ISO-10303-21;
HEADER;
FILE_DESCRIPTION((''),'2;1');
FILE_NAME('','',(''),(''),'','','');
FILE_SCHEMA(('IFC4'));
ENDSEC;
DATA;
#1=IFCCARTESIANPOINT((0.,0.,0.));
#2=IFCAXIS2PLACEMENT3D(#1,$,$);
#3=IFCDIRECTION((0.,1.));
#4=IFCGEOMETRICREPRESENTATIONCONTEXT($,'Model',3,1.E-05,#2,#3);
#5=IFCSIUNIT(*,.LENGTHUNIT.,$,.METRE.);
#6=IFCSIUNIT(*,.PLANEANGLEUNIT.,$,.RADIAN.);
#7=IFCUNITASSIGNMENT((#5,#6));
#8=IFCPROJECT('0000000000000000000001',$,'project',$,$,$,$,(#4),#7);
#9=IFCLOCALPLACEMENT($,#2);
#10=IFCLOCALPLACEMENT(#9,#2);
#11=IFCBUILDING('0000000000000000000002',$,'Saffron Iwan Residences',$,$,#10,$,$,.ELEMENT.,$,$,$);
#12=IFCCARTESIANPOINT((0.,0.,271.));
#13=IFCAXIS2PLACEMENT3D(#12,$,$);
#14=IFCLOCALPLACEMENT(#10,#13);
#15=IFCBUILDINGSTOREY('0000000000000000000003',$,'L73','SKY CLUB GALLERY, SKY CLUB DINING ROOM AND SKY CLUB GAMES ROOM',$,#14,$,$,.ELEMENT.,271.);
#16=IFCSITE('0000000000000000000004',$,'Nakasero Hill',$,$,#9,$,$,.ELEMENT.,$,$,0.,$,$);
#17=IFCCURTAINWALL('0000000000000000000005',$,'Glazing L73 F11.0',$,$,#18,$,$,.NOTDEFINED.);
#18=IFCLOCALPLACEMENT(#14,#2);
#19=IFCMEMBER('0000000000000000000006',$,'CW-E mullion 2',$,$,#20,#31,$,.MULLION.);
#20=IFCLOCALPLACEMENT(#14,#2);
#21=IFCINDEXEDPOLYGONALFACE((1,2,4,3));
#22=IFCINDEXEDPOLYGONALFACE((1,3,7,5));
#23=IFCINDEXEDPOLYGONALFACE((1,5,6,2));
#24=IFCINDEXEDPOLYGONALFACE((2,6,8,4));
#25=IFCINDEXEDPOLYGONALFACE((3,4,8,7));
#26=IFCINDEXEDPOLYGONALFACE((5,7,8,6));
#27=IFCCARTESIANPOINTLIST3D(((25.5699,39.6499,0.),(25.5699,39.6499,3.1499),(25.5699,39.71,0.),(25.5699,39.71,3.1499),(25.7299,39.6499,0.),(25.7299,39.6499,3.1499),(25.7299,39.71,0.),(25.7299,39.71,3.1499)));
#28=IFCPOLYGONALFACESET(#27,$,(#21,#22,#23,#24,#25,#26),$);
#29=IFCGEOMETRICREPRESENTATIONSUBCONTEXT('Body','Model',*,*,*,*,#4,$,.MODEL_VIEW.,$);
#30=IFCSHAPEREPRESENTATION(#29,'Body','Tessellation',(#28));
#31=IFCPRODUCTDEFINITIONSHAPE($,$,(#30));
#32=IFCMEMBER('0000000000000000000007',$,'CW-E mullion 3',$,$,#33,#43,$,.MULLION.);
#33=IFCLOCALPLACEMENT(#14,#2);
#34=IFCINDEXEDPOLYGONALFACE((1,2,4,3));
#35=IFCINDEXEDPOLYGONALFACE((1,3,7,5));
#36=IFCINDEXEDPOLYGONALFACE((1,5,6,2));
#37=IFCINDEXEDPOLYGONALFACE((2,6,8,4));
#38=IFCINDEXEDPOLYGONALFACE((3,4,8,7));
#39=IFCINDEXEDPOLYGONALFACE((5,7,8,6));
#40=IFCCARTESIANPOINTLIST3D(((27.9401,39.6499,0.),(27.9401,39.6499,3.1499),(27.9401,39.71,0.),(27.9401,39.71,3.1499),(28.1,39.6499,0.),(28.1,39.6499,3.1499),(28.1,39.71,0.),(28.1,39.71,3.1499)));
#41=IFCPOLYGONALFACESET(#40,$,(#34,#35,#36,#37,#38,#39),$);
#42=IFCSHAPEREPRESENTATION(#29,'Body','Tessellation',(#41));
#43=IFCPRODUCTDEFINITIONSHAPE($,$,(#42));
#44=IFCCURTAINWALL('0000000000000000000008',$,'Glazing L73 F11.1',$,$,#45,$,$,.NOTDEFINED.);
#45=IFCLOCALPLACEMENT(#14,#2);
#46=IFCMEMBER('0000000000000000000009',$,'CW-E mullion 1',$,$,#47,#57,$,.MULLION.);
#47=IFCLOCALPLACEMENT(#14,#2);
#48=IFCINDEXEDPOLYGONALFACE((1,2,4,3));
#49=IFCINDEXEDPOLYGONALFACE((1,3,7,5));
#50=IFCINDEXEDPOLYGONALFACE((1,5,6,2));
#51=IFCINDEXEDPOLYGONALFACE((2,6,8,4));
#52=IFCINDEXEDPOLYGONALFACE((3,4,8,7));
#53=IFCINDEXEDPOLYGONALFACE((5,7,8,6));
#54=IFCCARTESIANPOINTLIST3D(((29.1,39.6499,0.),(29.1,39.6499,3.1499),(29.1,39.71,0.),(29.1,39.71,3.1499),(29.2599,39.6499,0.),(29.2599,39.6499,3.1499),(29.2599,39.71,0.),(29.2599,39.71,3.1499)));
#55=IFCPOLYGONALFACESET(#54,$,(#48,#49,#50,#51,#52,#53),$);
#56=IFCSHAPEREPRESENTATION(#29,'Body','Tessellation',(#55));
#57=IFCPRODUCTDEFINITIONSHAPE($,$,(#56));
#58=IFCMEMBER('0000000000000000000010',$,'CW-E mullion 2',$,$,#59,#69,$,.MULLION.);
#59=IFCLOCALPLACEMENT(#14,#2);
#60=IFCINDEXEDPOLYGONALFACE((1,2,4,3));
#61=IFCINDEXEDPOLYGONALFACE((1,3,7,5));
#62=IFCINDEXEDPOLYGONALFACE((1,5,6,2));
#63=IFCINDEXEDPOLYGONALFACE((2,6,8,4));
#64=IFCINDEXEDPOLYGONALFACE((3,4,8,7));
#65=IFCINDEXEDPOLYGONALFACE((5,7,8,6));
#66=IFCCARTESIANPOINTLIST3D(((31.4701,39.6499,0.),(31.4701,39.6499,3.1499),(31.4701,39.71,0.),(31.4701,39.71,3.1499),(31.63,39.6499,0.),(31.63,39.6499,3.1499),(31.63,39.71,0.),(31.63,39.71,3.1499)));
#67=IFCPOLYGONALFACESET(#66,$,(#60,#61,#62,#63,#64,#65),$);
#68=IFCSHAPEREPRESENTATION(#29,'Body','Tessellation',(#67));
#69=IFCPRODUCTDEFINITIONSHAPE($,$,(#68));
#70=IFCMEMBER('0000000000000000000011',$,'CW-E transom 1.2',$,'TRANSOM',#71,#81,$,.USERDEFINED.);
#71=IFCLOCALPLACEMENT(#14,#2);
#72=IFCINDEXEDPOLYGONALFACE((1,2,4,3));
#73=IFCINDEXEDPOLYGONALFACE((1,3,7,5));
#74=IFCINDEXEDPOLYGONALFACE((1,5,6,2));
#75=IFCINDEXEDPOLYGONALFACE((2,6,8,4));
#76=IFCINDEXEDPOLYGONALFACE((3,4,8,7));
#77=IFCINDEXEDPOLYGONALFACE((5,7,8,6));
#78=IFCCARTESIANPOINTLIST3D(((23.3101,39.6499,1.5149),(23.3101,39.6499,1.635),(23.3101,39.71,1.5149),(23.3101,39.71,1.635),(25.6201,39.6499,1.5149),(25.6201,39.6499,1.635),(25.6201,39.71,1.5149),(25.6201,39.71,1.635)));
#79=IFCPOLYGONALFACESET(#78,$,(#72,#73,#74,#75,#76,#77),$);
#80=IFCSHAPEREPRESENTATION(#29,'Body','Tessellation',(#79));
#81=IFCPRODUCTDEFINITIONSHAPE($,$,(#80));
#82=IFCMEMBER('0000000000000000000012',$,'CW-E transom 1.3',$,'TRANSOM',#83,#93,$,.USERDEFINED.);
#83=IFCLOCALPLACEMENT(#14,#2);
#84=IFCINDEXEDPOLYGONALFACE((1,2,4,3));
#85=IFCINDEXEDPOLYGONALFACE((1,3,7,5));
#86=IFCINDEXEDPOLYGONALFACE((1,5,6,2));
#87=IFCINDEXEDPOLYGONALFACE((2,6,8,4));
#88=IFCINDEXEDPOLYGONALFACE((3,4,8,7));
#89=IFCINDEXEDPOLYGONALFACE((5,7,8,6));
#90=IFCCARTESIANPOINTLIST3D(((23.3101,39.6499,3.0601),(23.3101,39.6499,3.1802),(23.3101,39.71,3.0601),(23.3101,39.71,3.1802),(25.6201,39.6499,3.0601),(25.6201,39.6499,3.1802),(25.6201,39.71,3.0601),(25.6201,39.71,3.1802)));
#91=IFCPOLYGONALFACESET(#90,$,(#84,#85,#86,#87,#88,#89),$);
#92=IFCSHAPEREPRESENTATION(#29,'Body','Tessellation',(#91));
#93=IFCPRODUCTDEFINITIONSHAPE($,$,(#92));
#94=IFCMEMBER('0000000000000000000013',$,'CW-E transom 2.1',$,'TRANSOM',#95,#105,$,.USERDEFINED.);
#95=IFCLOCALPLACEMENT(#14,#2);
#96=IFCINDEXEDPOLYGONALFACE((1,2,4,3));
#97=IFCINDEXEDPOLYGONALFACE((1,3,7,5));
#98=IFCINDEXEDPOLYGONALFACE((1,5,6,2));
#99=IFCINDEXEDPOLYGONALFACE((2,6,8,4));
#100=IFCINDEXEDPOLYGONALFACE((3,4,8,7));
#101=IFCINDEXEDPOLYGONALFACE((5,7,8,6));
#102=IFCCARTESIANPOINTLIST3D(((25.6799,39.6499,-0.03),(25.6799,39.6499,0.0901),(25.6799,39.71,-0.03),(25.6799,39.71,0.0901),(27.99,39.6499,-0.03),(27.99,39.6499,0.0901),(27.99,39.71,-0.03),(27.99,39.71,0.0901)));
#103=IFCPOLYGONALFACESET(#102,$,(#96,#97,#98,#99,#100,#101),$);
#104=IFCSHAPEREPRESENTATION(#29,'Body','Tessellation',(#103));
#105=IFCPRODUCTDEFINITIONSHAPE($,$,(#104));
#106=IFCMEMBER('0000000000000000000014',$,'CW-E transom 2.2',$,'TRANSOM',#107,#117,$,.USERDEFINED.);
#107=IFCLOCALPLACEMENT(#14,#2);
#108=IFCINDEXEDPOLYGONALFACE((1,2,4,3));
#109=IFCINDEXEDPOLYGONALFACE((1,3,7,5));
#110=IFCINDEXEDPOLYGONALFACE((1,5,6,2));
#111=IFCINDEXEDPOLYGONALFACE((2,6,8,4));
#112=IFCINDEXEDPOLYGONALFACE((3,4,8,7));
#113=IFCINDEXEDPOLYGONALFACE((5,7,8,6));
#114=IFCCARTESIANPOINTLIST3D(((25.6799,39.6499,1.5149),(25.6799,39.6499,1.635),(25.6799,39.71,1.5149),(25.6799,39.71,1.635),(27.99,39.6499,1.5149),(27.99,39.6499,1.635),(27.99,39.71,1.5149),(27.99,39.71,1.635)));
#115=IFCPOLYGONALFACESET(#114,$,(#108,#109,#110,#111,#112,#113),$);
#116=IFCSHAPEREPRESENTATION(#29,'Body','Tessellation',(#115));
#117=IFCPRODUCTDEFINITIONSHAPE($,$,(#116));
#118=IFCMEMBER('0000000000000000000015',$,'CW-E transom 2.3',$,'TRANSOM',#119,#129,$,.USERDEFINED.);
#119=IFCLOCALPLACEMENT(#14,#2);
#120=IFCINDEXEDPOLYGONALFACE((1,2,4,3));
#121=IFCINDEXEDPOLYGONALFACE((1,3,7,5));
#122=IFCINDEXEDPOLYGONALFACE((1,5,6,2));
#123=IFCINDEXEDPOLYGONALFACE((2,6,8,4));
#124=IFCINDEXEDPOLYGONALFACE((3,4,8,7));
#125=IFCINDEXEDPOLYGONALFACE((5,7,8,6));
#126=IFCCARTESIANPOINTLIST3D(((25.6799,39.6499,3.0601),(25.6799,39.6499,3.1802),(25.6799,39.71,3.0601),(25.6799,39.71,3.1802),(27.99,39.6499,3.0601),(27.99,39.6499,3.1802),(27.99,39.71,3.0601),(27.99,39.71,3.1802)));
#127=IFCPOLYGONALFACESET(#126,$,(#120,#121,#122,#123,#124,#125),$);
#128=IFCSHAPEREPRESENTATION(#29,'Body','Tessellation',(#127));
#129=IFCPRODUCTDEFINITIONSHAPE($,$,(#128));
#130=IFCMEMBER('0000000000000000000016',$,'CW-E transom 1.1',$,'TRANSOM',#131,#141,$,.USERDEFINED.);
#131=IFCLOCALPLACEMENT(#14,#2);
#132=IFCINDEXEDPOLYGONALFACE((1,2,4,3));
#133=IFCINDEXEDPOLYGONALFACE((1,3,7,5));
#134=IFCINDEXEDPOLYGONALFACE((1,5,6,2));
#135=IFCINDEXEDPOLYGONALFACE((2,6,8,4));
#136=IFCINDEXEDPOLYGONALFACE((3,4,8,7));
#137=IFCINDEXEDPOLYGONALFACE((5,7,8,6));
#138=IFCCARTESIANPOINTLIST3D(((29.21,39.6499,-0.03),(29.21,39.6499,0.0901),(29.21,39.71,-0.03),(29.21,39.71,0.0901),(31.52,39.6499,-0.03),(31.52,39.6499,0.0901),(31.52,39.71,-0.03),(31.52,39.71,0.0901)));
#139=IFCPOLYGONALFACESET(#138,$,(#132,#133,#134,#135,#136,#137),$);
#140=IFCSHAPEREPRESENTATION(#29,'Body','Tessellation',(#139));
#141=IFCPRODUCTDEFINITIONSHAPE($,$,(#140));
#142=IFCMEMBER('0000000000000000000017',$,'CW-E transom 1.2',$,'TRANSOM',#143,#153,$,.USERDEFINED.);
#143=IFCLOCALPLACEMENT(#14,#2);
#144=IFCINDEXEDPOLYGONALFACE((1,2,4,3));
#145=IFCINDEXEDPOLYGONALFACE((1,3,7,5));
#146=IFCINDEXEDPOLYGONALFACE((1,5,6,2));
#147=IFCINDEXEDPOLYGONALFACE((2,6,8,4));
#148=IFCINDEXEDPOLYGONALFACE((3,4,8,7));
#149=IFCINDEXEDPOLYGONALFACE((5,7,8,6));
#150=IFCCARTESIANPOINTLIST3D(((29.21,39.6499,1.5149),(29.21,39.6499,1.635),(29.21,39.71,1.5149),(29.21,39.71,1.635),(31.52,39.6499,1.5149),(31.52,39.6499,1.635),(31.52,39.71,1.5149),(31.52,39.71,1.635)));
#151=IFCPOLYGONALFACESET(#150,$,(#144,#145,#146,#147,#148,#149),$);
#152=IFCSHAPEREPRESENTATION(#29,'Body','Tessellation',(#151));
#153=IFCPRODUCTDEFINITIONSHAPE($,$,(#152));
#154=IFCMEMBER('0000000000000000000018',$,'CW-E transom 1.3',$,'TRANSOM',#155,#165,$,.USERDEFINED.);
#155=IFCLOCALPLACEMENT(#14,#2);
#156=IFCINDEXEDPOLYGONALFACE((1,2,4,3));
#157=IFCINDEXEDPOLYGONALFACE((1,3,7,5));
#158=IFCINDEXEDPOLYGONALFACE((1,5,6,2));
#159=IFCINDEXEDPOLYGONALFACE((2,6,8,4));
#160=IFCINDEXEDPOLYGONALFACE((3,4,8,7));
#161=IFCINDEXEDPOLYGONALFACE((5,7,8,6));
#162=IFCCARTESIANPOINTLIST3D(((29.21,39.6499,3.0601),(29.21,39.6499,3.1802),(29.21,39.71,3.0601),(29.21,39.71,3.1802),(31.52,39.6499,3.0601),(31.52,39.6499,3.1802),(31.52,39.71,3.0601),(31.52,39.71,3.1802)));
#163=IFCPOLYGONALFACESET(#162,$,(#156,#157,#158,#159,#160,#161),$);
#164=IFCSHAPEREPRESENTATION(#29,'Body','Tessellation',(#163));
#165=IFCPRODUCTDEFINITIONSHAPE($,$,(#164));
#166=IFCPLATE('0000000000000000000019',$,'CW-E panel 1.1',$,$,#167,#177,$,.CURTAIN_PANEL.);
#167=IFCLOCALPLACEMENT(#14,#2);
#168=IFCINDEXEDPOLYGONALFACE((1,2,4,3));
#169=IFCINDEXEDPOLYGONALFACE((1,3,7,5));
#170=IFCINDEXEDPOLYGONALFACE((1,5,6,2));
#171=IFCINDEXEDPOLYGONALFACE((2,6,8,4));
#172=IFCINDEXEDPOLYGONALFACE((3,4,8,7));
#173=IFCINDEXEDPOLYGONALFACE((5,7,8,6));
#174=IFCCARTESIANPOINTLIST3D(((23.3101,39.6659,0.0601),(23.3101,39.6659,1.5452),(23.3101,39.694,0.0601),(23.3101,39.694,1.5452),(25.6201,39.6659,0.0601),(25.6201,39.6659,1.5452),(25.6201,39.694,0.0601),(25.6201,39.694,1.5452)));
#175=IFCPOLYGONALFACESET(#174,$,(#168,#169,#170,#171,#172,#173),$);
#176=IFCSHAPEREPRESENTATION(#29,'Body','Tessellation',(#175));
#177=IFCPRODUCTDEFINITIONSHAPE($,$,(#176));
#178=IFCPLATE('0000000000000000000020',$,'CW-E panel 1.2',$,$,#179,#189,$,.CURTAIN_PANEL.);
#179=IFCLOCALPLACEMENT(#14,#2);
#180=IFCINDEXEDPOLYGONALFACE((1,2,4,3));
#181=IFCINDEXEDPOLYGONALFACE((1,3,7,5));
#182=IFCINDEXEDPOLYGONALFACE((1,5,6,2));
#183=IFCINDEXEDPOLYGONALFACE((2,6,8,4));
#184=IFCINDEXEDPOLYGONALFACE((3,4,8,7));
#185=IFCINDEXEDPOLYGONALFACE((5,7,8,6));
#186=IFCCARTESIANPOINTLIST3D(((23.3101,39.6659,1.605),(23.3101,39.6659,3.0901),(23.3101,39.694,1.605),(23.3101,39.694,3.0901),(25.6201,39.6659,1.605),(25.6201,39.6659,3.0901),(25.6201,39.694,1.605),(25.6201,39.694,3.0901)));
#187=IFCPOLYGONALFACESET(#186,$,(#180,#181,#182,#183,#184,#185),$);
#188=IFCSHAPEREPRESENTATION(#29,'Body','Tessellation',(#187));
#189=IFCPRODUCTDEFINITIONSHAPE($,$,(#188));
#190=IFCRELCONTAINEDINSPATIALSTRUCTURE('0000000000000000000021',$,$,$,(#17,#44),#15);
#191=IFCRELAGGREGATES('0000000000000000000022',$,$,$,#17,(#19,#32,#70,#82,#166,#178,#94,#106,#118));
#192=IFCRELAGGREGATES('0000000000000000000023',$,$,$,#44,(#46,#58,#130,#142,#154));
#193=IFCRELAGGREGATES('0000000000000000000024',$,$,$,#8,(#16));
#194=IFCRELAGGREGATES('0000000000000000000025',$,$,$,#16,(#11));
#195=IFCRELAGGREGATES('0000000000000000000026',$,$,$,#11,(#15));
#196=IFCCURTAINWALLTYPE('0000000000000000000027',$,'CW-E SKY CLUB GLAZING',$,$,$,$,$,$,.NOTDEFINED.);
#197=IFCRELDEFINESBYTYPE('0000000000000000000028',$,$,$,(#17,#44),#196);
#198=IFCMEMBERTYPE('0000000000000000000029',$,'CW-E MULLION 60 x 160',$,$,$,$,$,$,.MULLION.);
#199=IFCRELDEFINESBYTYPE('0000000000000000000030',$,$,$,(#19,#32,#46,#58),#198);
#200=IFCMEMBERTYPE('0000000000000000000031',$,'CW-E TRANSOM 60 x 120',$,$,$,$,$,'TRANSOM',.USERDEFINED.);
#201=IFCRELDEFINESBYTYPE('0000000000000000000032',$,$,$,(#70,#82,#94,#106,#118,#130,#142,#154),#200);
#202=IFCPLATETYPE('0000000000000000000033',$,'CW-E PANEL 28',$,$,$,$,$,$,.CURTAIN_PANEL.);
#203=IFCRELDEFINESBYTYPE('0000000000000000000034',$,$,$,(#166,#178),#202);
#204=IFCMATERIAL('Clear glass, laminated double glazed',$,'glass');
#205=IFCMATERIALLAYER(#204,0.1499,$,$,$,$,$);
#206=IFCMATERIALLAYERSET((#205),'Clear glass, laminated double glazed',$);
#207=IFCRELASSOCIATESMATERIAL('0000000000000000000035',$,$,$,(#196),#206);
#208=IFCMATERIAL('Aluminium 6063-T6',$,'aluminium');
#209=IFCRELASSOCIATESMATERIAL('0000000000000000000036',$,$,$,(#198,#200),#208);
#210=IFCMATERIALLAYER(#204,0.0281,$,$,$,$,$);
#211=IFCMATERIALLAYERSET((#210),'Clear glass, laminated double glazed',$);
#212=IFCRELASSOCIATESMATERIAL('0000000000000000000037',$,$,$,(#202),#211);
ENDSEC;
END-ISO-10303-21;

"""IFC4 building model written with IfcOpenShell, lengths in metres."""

from ifc_helpers import new_model, si_unit, direction, frame, origin, origin_2d, place, context, subcontext, project, spatial, rectangle, extrude, source, transform, mapped, material, layer, layer_set, material_profile, profile_set, type_object, element, aggregate, save


model = new_model("IFC4")

# Units and contexts
model_context = context("Model", 3, precision=1e-05, world=origin(), true_north=direction((0.0, 1.0)))
body_context = subcontext(model_context, "Body", "Model", "MODEL_VIEW")
ifc_project = project(units=[si_unit("LENGTHUNIT", "METRE"), si_unit("PLANEANGLEUNIT", "RADIAN")], contexts=[model_context])

# Site, building, storey
site_placement = place(None, origin())
site = spatial("IfcSite", under=ifc_project, at=site_placement, Name="Nakasero Hill", CompositionType="ELEMENT", RefElevation=0.0)
building_placement = place(site_placement, origin())
building = spatial("IfcBuilding", under=site, at=building_placement, Name="Saffron Iwan Residences", CompositionType="ELEMENT")
storey_placement = place(building_placement, frame((0.0, 0.0, 271.0)))
storey = spatial("IfcBuildingStorey", under=building, at=storey_placement, Name="L73", Description="SKY CLUB GALLERY, SKY CLUB DINING ROOM AND SKY CLUB GAMES ROOM", CompositionType="ELEMENT", Elevation=271.0)

# Curtain walls, members
ifc_material_1 = material(Name="Clear glass, laminated double glazed", Category="glass")
ifc_layer_1 = layer(ifc_material_1, 0.1499)
ifc_layer_set_1 = layer_set([ifc_layer_1], Name="Clear glass, laminated double glazed")
curtain_wall_type = type_object("IfcCurtainWallType", Name="CW-E SKY CLUB GLAZING", PredefinedType="NOTDEFINED", material=ifc_layer_set_1)
curtain_wall_1_placement = place(storey_placement, origin())
curtain_wall_1 = element("IfcCurtainWall", 1, at=curtain_wall_1_placement, inside=storey, type_object=curtain_wall_type, Name="Glazing L73 F11.0", PredefinedType="NOTDEFINED")
ifc_material_2 = material(Name="Aluminium 6063-T6", Category="aluminium")
ifc_material_profile_1 = material_profile(ifc_material_2, rectangle(XDim=0.0601, YDim=0.1599, at=origin_2d()), Name="CW-E MULLION 60 x 160")
ifc_profile_set_1 = profile_set([ifc_material_profile_1], Name="Aluminium 6063-T6")
member_type_1 = type_object("IfcMemberType", Name="CW-E MULLION 60 x 160", PredefinedType="MULLION", material=ifc_profile_set_1)
shared_shape_1 = source(origin(), body_context, "Body", "SweptSolid", [
    extrude(rectangle(XDim=0.0601, YDim=0.1599, at=origin_2d()), origin(), (0.0, 0.0, 1.0), 3.1499),
])
member_1_placement = place(storey_placement, frame((25.6499, 39.6799, 0.0), z_axis=(0.0, 0.0, 1.0), x_axis=(0.0, 1.0, 0.0)))
member_1 = element("IfcMember", 2, at=member_1_placement, type_object=member_type_1, Name="CW-E mullion 2", PredefinedType="MULLION", context=body_context, shape_type="MappedRepresentation", body=[
    mapped(shared_shape_1, transform((0.0, 0.0, 0.0))),
])
member_2_placement = place(storey_placement, frame((28.02, 39.6799, 0.0), z_axis=(0.0, 0.0, 1.0), x_axis=(0.0, 1.0, 0.0)))
member_2 = element("IfcMember", 3, at=member_2_placement, type_object=member_type_1, Name="CW-E mullion 3", PredefinedType="MULLION", context=body_context, shape_type="MappedRepresentation", body=[
    mapped(shared_shape_1, transform((0.0, 0.0, 0.0))),
])
curtain_wall_2_placement = place(storey_placement, origin())
curtain_wall_2 = element("IfcCurtainWall", 4, at=curtain_wall_2_placement, inside=storey, type_object=curtain_wall_type, Name="Glazing L73 F11.1", PredefinedType="NOTDEFINED")
member_3_placement = place(storey_placement, frame((29.1799, 39.6799, 0.0), z_axis=(0.0, 0.0, 1.0), x_axis=(0.0, 1.0, 0.0)))
member_3 = element("IfcMember", 5, at=member_3_placement, type_object=member_type_1, Name="CW-E mullion 1", PredefinedType="MULLION", context=body_context, shape_type="MappedRepresentation", body=[
    mapped(shared_shape_1, transform((0.0, 0.0, 0.0))),
])
member_4_placement = place(storey_placement, frame((31.55, 39.6799, 0.0), z_axis=(0.0, 0.0, 1.0), x_axis=(0.0, 1.0, 0.0)))
member_4 = element("IfcMember", 6, at=member_4_placement, type_object=member_type_1, Name="CW-E mullion 2", PredefinedType="MULLION", context=body_context, shape_type="MappedRepresentation", body=[
    mapped(shared_shape_1, transform((0.0, 0.0, 0.0))),
])

# Members
ifc_material_profile_2 = material_profile(ifc_material_2, rectangle(XDim=0.0601, YDim=0.1201, at=origin_2d()), Name="CW-E TRANSOM 60 x 120")
ifc_profile_set_2 = profile_set([ifc_material_profile_2], Name="Aluminium 6063-T6")
member_type_2 = type_object("IfcMemberType", Name="CW-E TRANSOM 60 x 120", ElementType="TRANSOM", PredefinedType="USERDEFINED", material=ifc_profile_set_2)
shared_shape_2 = source(origin(), body_context, "Body", "SweptSolid", [
    extrude(rectangle(XDim=0.0601, YDim=0.1201, at=origin_2d()), origin(), (0.0, 0.0, 1.0), 2.3101),
])
member_5_placement = place(storey_placement, frame((23.3101, 39.6799, 1.575), z_axis=(1.0, 0.0, 0.0), x_axis=(0.0, 1.0, 0.0)))
member_5 = element("IfcMember", 7, at=member_5_placement, type_object=member_type_2, Name="CW-E transom 1.2", ObjectType="TRANSOM", PredefinedType="USERDEFINED", context=body_context, shape_type="MappedRepresentation", body=[
    mapped(shared_shape_2, transform((0.0, 0.0, 0.0))),
])
member_6_placement = place(storey_placement, frame((23.3101, 39.6799, 3.1201), z_axis=(1.0, 0.0, 0.0), x_axis=(0.0, 1.0, 0.0)))
member_6 = element("IfcMember", 8, at=member_6_placement, type_object=member_type_2, Name="CW-E transom 1.3", ObjectType="TRANSOM", PredefinedType="USERDEFINED", context=body_context, shape_type="MappedRepresentation", body=[
    mapped(shared_shape_2, transform((0.0, 0.0, 0.0))),
])
member_7_placement = place(storey_placement, frame((25.6799, 39.6799, 0.03), z_axis=(1.0, 0.0, 0.0), x_axis=(0.0, 1.0, 0.0)))
member_7 = element("IfcMember", 9, at=member_7_placement, type_object=member_type_2, Name="CW-E transom 2.1", ObjectType="TRANSOM", PredefinedType="USERDEFINED", context=body_context, shape_type="MappedRepresentation", body=[
    mapped(shared_shape_2, transform((0.0, 0.0, 0.0))),
])
member_8_placement = place(storey_placement, frame((25.6799, 39.6799, 1.575), z_axis=(1.0, 0.0, 0.0), x_axis=(0.0, 1.0, 0.0)))
member_8 = element("IfcMember", 10, at=member_8_placement, type_object=member_type_2, Name="CW-E transom 2.2", ObjectType="TRANSOM", PredefinedType="USERDEFINED", context=body_context, shape_type="MappedRepresentation", body=[
    mapped(shared_shape_2, transform((0.0, 0.0, 0.0))),
])
member_9_placement = place(storey_placement, frame((25.6799, 39.6799, 3.1201), z_axis=(1.0, 0.0, 0.0), x_axis=(0.0, 1.0, 0.0)))
member_9 = element("IfcMember", 11, at=member_9_placement, type_object=member_type_2, Name="CW-E transom 2.3", ObjectType="TRANSOM", PredefinedType="USERDEFINED", context=body_context, shape_type="MappedRepresentation", body=[
    mapped(shared_shape_2, transform((0.0, 0.0, 0.0))),
])
member_10_placement = place(storey_placement, frame((29.21, 39.6799, 0.03), z_axis=(1.0, 0.0, 0.0), x_axis=(0.0, 1.0, 0.0)))
member_10 = element("IfcMember", 12, at=member_10_placement, type_object=member_type_2, Name="CW-E transom 1.1", ObjectType="TRANSOM", PredefinedType="USERDEFINED", context=body_context, shape_type="MappedRepresentation", body=[
    mapped(shared_shape_2, transform((0.0, 0.0, 0.0))),
])
member_11_placement = place(storey_placement, frame((29.21, 39.6799, 1.575), z_axis=(1.0, 0.0, 0.0), x_axis=(0.0, 1.0, 0.0)))
member_11 = element("IfcMember", 13, at=member_11_placement, type_object=member_type_2, Name="CW-E transom 1.2", ObjectType="TRANSOM", PredefinedType="USERDEFINED", context=body_context, shape_type="MappedRepresentation", body=[
    mapped(shared_shape_2, transform((0.0, 0.0, 0.0))),
])
member_12_placement = place(storey_placement, frame((29.21, 39.6799, 3.1201), z_axis=(1.0, 0.0, 0.0), x_axis=(0.0, 1.0, 0.0)))
member_12 = element("IfcMember", 14, at=member_12_placement, type_object=member_type_2, Name="CW-E transom 1.3", ObjectType="TRANSOM", PredefinedType="USERDEFINED", context=body_context, shape_type="MappedRepresentation", body=[
    mapped(shared_shape_2, transform((0.0, 0.0, 0.0))),
])

# Plates
ifc_layer_2 = layer(ifc_material_1, 0.0281)
ifc_layer_set_2 = layer_set([ifc_layer_2], Name="Clear glass, laminated double glazed")
plate_type = type_object("IfcPlateType", Name="CW-E PANEL 28", PredefinedType="CURTAIN_PANEL", material=ifc_layer_set_2)
shared_shape_3 = source(origin(), body_context, "Body", "SweptSolid", [
    extrude(rectangle(XDim=2.3101, YDim=0.0281, at=origin_2d()), origin(), (0.0, 0.0, 1.0), 1.4851),
])
plate_1_placement = place(storey_placement, frame((24.4651, 39.6799, 0.0601), z_axis=(0.0, 0.0, 1.0), x_axis=(1.0, 0.0, 0.0)))
plate_1 = element("IfcPlate", 15, at=plate_1_placement, type_object=plate_type, Name="CW-E panel 1.1", PredefinedType="CURTAIN_PANEL", context=body_context, shape_type="MappedRepresentation", body=[
    mapped(shared_shape_3, transform((0.0, 0.0, 0.0))),
])
plate_2_placement = place(storey_placement, frame((24.4651, 39.6799, 1.605), z_axis=(0.0, 0.0, 1.0), x_axis=(1.0, 0.0, 0.0)))
plate_2 = element("IfcPlate", 16, at=plate_2_placement, type_object=plate_type, Name="CW-E panel 1.2", PredefinedType="CURTAIN_PANEL", context=body_context, shape_type="MappedRepresentation", body=[
    mapped(shared_shape_3, transform((0.0, 0.0, 0.0))),
])
aggregate(curtain_wall_1, [member_1, member_2, member_5, member_6, plate_1, plate_2, member_7, member_8, member_9])
aggregate(curtain_wall_2, [member_3, member_4, member_10, member_11, member_12])

save(model, "model.ifc")
